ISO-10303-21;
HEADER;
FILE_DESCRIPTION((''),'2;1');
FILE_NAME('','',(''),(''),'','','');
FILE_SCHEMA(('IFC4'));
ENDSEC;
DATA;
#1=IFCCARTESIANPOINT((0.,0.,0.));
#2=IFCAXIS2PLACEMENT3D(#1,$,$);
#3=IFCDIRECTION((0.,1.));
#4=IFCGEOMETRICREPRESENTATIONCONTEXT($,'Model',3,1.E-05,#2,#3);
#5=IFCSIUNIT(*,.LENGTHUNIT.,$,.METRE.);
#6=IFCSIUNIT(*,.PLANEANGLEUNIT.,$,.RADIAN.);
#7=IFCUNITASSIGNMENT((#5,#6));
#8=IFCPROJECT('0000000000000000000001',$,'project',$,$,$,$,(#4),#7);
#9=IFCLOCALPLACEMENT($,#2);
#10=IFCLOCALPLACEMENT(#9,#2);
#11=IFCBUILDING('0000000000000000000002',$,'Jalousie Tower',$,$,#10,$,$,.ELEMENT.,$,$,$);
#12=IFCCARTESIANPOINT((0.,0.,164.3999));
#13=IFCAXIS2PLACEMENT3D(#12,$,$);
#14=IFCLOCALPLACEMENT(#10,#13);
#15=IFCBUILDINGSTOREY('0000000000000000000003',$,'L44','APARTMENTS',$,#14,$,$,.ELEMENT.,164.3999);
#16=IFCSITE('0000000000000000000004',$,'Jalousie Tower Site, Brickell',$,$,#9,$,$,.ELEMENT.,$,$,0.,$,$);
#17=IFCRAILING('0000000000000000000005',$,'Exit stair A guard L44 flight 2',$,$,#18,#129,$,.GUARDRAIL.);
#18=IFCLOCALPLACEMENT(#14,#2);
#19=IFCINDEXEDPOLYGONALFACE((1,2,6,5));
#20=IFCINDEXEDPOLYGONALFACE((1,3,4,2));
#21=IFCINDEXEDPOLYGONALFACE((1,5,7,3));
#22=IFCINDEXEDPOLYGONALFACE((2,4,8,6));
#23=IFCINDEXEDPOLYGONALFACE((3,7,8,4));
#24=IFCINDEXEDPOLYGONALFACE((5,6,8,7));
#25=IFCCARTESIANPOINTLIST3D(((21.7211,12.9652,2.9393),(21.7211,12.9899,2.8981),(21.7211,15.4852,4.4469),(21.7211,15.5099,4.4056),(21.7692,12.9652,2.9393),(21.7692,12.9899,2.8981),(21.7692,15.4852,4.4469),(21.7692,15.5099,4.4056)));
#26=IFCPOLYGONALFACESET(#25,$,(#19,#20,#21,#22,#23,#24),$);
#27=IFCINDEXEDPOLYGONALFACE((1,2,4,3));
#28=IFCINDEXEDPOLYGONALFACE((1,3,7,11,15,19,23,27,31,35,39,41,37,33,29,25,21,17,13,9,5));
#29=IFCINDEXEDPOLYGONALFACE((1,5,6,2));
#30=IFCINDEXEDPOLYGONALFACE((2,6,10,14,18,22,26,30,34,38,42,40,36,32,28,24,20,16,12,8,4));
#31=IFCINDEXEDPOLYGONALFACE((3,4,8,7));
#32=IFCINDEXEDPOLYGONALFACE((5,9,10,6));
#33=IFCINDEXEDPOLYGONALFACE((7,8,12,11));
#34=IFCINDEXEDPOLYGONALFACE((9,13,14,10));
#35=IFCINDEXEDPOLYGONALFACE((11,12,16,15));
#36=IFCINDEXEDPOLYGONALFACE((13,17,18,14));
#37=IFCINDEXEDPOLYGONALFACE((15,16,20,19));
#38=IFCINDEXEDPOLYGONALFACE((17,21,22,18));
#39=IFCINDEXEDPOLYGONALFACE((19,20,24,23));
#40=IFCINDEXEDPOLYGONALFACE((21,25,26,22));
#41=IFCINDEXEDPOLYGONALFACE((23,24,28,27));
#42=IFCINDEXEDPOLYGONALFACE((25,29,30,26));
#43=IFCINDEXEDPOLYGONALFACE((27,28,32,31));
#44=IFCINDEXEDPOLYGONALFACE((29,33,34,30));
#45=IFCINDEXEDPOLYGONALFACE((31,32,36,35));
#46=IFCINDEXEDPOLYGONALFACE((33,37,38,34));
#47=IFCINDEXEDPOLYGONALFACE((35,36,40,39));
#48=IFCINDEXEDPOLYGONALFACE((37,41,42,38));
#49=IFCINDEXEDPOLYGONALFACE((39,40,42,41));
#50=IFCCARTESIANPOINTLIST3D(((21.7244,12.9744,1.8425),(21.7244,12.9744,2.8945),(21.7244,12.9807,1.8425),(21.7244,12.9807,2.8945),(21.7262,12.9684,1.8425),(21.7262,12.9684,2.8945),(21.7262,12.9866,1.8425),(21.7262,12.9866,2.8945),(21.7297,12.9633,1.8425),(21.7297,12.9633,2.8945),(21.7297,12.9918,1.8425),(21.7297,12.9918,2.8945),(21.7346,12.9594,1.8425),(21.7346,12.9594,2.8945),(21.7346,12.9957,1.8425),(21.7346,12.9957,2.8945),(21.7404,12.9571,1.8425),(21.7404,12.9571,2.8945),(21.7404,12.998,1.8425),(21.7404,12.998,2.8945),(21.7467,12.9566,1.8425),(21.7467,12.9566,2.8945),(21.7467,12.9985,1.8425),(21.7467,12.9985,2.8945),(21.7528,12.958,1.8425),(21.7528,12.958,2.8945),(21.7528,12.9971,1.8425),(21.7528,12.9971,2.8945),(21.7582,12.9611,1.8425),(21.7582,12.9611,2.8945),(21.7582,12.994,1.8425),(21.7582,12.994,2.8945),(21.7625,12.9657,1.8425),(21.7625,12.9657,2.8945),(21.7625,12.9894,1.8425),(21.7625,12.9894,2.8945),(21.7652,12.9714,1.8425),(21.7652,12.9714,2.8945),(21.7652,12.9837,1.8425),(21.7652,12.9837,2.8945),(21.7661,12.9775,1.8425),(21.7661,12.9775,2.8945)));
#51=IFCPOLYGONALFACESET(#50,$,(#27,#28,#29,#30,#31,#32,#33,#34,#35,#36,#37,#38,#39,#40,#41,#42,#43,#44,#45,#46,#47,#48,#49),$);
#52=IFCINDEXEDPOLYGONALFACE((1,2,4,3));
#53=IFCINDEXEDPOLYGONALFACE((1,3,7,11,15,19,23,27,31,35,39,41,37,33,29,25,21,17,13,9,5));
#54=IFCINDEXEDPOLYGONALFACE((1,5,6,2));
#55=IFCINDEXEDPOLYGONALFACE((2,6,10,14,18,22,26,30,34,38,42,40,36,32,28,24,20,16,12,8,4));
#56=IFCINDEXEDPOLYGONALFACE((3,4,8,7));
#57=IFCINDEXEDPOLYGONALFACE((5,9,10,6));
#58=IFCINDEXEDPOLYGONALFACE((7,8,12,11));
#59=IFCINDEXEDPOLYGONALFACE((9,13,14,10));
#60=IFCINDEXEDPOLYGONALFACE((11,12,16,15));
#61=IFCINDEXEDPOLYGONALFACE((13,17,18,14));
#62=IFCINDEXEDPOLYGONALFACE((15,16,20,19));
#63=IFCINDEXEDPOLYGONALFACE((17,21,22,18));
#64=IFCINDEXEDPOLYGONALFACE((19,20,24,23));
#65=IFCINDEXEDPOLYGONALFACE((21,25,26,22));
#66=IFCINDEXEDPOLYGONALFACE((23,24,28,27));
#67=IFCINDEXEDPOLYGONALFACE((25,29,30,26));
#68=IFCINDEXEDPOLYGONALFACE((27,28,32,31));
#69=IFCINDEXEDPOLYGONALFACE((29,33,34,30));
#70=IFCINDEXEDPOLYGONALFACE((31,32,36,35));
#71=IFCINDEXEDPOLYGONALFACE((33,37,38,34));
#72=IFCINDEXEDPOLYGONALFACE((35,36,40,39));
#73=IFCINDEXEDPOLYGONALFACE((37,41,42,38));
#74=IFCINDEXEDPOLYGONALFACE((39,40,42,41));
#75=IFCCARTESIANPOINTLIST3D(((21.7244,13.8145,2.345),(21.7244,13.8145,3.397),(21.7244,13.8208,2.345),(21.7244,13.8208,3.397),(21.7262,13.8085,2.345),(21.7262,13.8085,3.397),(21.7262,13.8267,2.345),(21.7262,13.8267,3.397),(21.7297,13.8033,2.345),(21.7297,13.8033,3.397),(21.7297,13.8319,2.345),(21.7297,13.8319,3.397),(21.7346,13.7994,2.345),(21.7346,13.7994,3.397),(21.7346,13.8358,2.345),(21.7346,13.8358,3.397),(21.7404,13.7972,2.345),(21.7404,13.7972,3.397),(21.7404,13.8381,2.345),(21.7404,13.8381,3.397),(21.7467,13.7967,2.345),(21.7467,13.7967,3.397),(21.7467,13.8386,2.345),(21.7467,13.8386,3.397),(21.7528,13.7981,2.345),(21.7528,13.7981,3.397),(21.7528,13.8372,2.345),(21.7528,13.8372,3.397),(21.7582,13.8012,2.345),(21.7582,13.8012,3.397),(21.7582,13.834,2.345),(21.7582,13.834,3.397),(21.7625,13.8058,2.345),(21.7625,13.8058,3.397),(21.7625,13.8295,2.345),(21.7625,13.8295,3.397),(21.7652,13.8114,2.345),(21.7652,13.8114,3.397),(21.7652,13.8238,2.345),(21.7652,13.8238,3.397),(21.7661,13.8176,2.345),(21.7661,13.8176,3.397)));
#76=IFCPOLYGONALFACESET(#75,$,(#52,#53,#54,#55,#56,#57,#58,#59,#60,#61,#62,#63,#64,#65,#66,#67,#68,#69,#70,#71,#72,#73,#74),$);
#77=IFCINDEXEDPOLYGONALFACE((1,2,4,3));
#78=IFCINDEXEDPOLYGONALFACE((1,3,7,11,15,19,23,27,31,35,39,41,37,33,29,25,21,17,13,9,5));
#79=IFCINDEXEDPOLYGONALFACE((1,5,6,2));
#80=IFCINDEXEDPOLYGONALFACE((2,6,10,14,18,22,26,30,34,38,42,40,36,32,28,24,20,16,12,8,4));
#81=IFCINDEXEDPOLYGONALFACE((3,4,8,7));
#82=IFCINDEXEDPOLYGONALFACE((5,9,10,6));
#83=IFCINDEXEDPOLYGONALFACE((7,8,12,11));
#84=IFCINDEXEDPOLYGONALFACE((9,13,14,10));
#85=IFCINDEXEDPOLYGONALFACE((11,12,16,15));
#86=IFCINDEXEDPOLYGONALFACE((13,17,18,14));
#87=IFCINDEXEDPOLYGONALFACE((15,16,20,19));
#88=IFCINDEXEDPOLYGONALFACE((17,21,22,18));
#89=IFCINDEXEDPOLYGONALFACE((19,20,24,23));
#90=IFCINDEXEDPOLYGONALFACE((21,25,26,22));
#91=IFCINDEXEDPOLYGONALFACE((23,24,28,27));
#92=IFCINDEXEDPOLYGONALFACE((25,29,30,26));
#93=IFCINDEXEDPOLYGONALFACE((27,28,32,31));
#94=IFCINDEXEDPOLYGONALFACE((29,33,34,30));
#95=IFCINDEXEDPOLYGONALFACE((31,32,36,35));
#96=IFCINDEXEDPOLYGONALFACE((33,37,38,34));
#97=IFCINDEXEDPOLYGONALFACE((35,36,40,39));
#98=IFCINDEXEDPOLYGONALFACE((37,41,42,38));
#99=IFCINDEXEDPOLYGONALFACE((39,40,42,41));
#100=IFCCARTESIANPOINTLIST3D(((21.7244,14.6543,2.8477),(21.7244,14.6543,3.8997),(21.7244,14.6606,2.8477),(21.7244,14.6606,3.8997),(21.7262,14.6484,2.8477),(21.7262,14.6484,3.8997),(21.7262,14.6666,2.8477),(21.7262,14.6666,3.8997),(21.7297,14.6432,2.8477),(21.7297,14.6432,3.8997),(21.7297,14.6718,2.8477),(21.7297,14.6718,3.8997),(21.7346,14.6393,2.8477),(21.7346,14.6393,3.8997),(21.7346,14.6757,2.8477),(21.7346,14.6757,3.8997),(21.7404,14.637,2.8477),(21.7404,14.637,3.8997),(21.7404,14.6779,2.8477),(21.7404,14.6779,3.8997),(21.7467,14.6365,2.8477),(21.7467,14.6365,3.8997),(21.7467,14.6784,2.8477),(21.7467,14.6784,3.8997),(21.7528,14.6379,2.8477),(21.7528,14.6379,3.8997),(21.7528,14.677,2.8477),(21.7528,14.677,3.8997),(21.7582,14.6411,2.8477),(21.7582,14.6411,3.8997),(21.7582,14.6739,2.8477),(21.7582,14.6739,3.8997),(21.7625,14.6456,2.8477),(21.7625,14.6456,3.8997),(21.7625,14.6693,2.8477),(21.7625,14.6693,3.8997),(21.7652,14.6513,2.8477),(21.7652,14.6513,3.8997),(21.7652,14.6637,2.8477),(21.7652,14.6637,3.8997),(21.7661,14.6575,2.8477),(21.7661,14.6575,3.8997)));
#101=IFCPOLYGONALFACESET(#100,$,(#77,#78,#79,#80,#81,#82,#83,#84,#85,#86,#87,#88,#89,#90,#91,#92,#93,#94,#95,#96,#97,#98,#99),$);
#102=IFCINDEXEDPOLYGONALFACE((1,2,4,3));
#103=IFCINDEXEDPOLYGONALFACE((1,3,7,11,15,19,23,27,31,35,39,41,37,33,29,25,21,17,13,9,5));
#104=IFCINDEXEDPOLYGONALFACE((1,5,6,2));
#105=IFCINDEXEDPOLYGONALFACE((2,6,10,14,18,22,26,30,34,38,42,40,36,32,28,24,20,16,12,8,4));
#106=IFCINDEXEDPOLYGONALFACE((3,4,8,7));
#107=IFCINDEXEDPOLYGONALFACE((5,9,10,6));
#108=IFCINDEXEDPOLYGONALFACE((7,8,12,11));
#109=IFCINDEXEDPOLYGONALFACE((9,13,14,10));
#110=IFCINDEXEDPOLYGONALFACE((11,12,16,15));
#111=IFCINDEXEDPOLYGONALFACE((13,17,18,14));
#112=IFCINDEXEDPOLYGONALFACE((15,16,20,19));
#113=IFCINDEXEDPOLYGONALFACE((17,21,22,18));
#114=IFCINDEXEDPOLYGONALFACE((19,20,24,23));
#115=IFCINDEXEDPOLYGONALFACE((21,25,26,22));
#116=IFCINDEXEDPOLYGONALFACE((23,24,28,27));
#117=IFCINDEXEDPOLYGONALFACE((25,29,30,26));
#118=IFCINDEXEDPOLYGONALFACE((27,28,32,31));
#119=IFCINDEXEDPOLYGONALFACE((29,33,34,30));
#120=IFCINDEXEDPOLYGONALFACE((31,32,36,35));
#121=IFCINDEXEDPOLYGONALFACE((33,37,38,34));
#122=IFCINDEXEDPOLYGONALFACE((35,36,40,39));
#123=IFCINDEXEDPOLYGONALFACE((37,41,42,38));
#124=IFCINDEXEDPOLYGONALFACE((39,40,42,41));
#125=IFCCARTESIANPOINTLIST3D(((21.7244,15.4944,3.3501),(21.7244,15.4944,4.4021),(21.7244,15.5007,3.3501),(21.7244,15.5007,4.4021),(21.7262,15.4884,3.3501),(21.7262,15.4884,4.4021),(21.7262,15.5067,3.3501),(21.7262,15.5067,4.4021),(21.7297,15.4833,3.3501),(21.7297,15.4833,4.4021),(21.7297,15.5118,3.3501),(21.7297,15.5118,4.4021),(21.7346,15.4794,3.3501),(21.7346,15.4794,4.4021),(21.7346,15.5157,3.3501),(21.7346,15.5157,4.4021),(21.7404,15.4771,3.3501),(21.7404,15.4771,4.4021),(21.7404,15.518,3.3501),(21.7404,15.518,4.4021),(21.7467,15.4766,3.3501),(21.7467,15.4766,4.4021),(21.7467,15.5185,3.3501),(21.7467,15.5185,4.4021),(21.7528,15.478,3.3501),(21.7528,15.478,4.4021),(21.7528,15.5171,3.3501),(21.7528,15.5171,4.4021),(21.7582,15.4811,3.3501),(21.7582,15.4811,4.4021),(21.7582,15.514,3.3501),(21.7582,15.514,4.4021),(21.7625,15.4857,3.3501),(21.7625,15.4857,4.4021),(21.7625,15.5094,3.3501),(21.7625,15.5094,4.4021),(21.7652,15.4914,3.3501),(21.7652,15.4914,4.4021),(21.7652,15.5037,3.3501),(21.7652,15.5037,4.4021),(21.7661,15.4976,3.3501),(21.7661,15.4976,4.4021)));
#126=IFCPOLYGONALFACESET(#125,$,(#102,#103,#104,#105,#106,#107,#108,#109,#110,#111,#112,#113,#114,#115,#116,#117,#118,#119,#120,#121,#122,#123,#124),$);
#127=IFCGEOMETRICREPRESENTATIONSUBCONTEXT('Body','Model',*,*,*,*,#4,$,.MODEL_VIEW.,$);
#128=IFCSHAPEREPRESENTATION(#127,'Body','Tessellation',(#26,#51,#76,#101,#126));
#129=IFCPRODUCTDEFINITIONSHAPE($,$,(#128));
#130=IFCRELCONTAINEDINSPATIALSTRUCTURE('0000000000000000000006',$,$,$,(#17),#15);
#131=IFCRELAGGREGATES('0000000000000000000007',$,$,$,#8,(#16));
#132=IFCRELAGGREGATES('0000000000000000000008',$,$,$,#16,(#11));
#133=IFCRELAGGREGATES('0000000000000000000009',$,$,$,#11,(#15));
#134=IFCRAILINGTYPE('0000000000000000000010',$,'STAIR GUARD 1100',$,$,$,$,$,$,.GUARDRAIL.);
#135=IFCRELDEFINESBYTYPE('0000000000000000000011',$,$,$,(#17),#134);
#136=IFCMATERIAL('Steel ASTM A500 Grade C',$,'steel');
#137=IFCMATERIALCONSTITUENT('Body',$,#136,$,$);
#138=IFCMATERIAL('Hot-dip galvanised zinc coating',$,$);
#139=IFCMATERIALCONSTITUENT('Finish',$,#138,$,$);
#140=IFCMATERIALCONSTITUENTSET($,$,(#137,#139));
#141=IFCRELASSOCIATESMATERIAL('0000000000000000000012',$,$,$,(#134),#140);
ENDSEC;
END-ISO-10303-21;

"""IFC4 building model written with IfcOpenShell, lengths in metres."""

from ifc_helpers import new_model, si_unit, direction, frame, origin, origin_2d, place, context, subcontext, project, spatial, rectangle, circle, extrude, material, constituent, constituent_set, type_object, element, save


model = new_model("IFC4")

# Units and contexts
model_context = context("Model", 3, precision=1e-05, world=origin(), true_north=direction((0.0, 1.0)))
body_context = subcontext(model_context, "Body", "Model", "MODEL_VIEW")
ifc_project = project(units=[si_unit("LENGTHUNIT", "METRE"), si_unit("PLANEANGLEUNIT", "RADIAN")], contexts=[model_context])

# Site, building, storey
site_placement = place(None, origin())
site = spatial("IfcSite", under=ifc_project, at=site_placement, Name="Jalousie Tower Site, Brickell", CompositionType="ELEMENT", RefElevation=0.0)
building_placement = place(site_placement, origin())
building = spatial("IfcBuilding", under=site, at=building_placement, Name="Jalousie Tower", CompositionType="ELEMENT")
storey_placement = place(building_placement, frame((0.0, 0.0, 164.3999)))
storey = spatial("IfcBuildingStorey", under=building, at=storey_placement, Name="L44", Description="APARTMENTS", CompositionType="ELEMENT", Elevation=164.3999)

# Railing
ifc_material_1 = material(Name="Steel ASTM A500 Grade C", Category="steel")
ifc_constituent_1 = constituent(ifc_material_1, Name="Body")
ifc_material_2 = material(Name="Hot-dip galvanised zinc coating")
ifc_constituent_2 = constituent(ifc_material_2, Name="Finish")
ifc_constituent_set_1 = constituent_set(constituents=[ifc_constituent_1, ifc_constituent_2])
railing_type_1 = type_object("IfcRailingType", Name="STAIR GUARD 1100", PredefinedType="GUARDRAIL", material=ifc_constituent_set_1)
railing_1_placement = place(storey_placement, frame((21.7451, 12.9775, 1.8425)))
element("IfcRailing", 1, at=railing_1_placement, inside=storey, type_object=railing_type_1, Name="Exit stair A guard L44 flight 2", PredefinedType="GUARDRAIL", context=body_context, shape_type="SweptSolid", body=[
    extrude(rectangle(XDim=0.0481, YDim=0.0481, at=origin_2d()), frame((0.0, 0.0, 1.0762), z_axis=(0.0, 0.85816, 0.513383), x_axis=(-1.0, 0.0, 0.0)), (0.0, 0.0, 1.0), 2.9365),
    extrude(circle(Radius=0.021, at=origin_2d()), origin(), (0.0, 0.0, 1.0), 1.052),
    extrude(circle(Radius=0.021, at=origin_2d()), frame((0.0, 0.8401, 0.5024)), (0.0, 0.0, 1.0), 1.052),
    extrude(circle(Radius=0.021, at=origin_2d()), frame((0.0, 1.6799, 1.0051)), (0.0, 0.0, 1.0), 1.052),
    extrude(circle(Radius=0.021, at=origin_2d()), frame((0.0, 2.52, 1.5076)), (0.0, 0.0, 1.0), 1.052),
])

save(model, "model.ifc")
